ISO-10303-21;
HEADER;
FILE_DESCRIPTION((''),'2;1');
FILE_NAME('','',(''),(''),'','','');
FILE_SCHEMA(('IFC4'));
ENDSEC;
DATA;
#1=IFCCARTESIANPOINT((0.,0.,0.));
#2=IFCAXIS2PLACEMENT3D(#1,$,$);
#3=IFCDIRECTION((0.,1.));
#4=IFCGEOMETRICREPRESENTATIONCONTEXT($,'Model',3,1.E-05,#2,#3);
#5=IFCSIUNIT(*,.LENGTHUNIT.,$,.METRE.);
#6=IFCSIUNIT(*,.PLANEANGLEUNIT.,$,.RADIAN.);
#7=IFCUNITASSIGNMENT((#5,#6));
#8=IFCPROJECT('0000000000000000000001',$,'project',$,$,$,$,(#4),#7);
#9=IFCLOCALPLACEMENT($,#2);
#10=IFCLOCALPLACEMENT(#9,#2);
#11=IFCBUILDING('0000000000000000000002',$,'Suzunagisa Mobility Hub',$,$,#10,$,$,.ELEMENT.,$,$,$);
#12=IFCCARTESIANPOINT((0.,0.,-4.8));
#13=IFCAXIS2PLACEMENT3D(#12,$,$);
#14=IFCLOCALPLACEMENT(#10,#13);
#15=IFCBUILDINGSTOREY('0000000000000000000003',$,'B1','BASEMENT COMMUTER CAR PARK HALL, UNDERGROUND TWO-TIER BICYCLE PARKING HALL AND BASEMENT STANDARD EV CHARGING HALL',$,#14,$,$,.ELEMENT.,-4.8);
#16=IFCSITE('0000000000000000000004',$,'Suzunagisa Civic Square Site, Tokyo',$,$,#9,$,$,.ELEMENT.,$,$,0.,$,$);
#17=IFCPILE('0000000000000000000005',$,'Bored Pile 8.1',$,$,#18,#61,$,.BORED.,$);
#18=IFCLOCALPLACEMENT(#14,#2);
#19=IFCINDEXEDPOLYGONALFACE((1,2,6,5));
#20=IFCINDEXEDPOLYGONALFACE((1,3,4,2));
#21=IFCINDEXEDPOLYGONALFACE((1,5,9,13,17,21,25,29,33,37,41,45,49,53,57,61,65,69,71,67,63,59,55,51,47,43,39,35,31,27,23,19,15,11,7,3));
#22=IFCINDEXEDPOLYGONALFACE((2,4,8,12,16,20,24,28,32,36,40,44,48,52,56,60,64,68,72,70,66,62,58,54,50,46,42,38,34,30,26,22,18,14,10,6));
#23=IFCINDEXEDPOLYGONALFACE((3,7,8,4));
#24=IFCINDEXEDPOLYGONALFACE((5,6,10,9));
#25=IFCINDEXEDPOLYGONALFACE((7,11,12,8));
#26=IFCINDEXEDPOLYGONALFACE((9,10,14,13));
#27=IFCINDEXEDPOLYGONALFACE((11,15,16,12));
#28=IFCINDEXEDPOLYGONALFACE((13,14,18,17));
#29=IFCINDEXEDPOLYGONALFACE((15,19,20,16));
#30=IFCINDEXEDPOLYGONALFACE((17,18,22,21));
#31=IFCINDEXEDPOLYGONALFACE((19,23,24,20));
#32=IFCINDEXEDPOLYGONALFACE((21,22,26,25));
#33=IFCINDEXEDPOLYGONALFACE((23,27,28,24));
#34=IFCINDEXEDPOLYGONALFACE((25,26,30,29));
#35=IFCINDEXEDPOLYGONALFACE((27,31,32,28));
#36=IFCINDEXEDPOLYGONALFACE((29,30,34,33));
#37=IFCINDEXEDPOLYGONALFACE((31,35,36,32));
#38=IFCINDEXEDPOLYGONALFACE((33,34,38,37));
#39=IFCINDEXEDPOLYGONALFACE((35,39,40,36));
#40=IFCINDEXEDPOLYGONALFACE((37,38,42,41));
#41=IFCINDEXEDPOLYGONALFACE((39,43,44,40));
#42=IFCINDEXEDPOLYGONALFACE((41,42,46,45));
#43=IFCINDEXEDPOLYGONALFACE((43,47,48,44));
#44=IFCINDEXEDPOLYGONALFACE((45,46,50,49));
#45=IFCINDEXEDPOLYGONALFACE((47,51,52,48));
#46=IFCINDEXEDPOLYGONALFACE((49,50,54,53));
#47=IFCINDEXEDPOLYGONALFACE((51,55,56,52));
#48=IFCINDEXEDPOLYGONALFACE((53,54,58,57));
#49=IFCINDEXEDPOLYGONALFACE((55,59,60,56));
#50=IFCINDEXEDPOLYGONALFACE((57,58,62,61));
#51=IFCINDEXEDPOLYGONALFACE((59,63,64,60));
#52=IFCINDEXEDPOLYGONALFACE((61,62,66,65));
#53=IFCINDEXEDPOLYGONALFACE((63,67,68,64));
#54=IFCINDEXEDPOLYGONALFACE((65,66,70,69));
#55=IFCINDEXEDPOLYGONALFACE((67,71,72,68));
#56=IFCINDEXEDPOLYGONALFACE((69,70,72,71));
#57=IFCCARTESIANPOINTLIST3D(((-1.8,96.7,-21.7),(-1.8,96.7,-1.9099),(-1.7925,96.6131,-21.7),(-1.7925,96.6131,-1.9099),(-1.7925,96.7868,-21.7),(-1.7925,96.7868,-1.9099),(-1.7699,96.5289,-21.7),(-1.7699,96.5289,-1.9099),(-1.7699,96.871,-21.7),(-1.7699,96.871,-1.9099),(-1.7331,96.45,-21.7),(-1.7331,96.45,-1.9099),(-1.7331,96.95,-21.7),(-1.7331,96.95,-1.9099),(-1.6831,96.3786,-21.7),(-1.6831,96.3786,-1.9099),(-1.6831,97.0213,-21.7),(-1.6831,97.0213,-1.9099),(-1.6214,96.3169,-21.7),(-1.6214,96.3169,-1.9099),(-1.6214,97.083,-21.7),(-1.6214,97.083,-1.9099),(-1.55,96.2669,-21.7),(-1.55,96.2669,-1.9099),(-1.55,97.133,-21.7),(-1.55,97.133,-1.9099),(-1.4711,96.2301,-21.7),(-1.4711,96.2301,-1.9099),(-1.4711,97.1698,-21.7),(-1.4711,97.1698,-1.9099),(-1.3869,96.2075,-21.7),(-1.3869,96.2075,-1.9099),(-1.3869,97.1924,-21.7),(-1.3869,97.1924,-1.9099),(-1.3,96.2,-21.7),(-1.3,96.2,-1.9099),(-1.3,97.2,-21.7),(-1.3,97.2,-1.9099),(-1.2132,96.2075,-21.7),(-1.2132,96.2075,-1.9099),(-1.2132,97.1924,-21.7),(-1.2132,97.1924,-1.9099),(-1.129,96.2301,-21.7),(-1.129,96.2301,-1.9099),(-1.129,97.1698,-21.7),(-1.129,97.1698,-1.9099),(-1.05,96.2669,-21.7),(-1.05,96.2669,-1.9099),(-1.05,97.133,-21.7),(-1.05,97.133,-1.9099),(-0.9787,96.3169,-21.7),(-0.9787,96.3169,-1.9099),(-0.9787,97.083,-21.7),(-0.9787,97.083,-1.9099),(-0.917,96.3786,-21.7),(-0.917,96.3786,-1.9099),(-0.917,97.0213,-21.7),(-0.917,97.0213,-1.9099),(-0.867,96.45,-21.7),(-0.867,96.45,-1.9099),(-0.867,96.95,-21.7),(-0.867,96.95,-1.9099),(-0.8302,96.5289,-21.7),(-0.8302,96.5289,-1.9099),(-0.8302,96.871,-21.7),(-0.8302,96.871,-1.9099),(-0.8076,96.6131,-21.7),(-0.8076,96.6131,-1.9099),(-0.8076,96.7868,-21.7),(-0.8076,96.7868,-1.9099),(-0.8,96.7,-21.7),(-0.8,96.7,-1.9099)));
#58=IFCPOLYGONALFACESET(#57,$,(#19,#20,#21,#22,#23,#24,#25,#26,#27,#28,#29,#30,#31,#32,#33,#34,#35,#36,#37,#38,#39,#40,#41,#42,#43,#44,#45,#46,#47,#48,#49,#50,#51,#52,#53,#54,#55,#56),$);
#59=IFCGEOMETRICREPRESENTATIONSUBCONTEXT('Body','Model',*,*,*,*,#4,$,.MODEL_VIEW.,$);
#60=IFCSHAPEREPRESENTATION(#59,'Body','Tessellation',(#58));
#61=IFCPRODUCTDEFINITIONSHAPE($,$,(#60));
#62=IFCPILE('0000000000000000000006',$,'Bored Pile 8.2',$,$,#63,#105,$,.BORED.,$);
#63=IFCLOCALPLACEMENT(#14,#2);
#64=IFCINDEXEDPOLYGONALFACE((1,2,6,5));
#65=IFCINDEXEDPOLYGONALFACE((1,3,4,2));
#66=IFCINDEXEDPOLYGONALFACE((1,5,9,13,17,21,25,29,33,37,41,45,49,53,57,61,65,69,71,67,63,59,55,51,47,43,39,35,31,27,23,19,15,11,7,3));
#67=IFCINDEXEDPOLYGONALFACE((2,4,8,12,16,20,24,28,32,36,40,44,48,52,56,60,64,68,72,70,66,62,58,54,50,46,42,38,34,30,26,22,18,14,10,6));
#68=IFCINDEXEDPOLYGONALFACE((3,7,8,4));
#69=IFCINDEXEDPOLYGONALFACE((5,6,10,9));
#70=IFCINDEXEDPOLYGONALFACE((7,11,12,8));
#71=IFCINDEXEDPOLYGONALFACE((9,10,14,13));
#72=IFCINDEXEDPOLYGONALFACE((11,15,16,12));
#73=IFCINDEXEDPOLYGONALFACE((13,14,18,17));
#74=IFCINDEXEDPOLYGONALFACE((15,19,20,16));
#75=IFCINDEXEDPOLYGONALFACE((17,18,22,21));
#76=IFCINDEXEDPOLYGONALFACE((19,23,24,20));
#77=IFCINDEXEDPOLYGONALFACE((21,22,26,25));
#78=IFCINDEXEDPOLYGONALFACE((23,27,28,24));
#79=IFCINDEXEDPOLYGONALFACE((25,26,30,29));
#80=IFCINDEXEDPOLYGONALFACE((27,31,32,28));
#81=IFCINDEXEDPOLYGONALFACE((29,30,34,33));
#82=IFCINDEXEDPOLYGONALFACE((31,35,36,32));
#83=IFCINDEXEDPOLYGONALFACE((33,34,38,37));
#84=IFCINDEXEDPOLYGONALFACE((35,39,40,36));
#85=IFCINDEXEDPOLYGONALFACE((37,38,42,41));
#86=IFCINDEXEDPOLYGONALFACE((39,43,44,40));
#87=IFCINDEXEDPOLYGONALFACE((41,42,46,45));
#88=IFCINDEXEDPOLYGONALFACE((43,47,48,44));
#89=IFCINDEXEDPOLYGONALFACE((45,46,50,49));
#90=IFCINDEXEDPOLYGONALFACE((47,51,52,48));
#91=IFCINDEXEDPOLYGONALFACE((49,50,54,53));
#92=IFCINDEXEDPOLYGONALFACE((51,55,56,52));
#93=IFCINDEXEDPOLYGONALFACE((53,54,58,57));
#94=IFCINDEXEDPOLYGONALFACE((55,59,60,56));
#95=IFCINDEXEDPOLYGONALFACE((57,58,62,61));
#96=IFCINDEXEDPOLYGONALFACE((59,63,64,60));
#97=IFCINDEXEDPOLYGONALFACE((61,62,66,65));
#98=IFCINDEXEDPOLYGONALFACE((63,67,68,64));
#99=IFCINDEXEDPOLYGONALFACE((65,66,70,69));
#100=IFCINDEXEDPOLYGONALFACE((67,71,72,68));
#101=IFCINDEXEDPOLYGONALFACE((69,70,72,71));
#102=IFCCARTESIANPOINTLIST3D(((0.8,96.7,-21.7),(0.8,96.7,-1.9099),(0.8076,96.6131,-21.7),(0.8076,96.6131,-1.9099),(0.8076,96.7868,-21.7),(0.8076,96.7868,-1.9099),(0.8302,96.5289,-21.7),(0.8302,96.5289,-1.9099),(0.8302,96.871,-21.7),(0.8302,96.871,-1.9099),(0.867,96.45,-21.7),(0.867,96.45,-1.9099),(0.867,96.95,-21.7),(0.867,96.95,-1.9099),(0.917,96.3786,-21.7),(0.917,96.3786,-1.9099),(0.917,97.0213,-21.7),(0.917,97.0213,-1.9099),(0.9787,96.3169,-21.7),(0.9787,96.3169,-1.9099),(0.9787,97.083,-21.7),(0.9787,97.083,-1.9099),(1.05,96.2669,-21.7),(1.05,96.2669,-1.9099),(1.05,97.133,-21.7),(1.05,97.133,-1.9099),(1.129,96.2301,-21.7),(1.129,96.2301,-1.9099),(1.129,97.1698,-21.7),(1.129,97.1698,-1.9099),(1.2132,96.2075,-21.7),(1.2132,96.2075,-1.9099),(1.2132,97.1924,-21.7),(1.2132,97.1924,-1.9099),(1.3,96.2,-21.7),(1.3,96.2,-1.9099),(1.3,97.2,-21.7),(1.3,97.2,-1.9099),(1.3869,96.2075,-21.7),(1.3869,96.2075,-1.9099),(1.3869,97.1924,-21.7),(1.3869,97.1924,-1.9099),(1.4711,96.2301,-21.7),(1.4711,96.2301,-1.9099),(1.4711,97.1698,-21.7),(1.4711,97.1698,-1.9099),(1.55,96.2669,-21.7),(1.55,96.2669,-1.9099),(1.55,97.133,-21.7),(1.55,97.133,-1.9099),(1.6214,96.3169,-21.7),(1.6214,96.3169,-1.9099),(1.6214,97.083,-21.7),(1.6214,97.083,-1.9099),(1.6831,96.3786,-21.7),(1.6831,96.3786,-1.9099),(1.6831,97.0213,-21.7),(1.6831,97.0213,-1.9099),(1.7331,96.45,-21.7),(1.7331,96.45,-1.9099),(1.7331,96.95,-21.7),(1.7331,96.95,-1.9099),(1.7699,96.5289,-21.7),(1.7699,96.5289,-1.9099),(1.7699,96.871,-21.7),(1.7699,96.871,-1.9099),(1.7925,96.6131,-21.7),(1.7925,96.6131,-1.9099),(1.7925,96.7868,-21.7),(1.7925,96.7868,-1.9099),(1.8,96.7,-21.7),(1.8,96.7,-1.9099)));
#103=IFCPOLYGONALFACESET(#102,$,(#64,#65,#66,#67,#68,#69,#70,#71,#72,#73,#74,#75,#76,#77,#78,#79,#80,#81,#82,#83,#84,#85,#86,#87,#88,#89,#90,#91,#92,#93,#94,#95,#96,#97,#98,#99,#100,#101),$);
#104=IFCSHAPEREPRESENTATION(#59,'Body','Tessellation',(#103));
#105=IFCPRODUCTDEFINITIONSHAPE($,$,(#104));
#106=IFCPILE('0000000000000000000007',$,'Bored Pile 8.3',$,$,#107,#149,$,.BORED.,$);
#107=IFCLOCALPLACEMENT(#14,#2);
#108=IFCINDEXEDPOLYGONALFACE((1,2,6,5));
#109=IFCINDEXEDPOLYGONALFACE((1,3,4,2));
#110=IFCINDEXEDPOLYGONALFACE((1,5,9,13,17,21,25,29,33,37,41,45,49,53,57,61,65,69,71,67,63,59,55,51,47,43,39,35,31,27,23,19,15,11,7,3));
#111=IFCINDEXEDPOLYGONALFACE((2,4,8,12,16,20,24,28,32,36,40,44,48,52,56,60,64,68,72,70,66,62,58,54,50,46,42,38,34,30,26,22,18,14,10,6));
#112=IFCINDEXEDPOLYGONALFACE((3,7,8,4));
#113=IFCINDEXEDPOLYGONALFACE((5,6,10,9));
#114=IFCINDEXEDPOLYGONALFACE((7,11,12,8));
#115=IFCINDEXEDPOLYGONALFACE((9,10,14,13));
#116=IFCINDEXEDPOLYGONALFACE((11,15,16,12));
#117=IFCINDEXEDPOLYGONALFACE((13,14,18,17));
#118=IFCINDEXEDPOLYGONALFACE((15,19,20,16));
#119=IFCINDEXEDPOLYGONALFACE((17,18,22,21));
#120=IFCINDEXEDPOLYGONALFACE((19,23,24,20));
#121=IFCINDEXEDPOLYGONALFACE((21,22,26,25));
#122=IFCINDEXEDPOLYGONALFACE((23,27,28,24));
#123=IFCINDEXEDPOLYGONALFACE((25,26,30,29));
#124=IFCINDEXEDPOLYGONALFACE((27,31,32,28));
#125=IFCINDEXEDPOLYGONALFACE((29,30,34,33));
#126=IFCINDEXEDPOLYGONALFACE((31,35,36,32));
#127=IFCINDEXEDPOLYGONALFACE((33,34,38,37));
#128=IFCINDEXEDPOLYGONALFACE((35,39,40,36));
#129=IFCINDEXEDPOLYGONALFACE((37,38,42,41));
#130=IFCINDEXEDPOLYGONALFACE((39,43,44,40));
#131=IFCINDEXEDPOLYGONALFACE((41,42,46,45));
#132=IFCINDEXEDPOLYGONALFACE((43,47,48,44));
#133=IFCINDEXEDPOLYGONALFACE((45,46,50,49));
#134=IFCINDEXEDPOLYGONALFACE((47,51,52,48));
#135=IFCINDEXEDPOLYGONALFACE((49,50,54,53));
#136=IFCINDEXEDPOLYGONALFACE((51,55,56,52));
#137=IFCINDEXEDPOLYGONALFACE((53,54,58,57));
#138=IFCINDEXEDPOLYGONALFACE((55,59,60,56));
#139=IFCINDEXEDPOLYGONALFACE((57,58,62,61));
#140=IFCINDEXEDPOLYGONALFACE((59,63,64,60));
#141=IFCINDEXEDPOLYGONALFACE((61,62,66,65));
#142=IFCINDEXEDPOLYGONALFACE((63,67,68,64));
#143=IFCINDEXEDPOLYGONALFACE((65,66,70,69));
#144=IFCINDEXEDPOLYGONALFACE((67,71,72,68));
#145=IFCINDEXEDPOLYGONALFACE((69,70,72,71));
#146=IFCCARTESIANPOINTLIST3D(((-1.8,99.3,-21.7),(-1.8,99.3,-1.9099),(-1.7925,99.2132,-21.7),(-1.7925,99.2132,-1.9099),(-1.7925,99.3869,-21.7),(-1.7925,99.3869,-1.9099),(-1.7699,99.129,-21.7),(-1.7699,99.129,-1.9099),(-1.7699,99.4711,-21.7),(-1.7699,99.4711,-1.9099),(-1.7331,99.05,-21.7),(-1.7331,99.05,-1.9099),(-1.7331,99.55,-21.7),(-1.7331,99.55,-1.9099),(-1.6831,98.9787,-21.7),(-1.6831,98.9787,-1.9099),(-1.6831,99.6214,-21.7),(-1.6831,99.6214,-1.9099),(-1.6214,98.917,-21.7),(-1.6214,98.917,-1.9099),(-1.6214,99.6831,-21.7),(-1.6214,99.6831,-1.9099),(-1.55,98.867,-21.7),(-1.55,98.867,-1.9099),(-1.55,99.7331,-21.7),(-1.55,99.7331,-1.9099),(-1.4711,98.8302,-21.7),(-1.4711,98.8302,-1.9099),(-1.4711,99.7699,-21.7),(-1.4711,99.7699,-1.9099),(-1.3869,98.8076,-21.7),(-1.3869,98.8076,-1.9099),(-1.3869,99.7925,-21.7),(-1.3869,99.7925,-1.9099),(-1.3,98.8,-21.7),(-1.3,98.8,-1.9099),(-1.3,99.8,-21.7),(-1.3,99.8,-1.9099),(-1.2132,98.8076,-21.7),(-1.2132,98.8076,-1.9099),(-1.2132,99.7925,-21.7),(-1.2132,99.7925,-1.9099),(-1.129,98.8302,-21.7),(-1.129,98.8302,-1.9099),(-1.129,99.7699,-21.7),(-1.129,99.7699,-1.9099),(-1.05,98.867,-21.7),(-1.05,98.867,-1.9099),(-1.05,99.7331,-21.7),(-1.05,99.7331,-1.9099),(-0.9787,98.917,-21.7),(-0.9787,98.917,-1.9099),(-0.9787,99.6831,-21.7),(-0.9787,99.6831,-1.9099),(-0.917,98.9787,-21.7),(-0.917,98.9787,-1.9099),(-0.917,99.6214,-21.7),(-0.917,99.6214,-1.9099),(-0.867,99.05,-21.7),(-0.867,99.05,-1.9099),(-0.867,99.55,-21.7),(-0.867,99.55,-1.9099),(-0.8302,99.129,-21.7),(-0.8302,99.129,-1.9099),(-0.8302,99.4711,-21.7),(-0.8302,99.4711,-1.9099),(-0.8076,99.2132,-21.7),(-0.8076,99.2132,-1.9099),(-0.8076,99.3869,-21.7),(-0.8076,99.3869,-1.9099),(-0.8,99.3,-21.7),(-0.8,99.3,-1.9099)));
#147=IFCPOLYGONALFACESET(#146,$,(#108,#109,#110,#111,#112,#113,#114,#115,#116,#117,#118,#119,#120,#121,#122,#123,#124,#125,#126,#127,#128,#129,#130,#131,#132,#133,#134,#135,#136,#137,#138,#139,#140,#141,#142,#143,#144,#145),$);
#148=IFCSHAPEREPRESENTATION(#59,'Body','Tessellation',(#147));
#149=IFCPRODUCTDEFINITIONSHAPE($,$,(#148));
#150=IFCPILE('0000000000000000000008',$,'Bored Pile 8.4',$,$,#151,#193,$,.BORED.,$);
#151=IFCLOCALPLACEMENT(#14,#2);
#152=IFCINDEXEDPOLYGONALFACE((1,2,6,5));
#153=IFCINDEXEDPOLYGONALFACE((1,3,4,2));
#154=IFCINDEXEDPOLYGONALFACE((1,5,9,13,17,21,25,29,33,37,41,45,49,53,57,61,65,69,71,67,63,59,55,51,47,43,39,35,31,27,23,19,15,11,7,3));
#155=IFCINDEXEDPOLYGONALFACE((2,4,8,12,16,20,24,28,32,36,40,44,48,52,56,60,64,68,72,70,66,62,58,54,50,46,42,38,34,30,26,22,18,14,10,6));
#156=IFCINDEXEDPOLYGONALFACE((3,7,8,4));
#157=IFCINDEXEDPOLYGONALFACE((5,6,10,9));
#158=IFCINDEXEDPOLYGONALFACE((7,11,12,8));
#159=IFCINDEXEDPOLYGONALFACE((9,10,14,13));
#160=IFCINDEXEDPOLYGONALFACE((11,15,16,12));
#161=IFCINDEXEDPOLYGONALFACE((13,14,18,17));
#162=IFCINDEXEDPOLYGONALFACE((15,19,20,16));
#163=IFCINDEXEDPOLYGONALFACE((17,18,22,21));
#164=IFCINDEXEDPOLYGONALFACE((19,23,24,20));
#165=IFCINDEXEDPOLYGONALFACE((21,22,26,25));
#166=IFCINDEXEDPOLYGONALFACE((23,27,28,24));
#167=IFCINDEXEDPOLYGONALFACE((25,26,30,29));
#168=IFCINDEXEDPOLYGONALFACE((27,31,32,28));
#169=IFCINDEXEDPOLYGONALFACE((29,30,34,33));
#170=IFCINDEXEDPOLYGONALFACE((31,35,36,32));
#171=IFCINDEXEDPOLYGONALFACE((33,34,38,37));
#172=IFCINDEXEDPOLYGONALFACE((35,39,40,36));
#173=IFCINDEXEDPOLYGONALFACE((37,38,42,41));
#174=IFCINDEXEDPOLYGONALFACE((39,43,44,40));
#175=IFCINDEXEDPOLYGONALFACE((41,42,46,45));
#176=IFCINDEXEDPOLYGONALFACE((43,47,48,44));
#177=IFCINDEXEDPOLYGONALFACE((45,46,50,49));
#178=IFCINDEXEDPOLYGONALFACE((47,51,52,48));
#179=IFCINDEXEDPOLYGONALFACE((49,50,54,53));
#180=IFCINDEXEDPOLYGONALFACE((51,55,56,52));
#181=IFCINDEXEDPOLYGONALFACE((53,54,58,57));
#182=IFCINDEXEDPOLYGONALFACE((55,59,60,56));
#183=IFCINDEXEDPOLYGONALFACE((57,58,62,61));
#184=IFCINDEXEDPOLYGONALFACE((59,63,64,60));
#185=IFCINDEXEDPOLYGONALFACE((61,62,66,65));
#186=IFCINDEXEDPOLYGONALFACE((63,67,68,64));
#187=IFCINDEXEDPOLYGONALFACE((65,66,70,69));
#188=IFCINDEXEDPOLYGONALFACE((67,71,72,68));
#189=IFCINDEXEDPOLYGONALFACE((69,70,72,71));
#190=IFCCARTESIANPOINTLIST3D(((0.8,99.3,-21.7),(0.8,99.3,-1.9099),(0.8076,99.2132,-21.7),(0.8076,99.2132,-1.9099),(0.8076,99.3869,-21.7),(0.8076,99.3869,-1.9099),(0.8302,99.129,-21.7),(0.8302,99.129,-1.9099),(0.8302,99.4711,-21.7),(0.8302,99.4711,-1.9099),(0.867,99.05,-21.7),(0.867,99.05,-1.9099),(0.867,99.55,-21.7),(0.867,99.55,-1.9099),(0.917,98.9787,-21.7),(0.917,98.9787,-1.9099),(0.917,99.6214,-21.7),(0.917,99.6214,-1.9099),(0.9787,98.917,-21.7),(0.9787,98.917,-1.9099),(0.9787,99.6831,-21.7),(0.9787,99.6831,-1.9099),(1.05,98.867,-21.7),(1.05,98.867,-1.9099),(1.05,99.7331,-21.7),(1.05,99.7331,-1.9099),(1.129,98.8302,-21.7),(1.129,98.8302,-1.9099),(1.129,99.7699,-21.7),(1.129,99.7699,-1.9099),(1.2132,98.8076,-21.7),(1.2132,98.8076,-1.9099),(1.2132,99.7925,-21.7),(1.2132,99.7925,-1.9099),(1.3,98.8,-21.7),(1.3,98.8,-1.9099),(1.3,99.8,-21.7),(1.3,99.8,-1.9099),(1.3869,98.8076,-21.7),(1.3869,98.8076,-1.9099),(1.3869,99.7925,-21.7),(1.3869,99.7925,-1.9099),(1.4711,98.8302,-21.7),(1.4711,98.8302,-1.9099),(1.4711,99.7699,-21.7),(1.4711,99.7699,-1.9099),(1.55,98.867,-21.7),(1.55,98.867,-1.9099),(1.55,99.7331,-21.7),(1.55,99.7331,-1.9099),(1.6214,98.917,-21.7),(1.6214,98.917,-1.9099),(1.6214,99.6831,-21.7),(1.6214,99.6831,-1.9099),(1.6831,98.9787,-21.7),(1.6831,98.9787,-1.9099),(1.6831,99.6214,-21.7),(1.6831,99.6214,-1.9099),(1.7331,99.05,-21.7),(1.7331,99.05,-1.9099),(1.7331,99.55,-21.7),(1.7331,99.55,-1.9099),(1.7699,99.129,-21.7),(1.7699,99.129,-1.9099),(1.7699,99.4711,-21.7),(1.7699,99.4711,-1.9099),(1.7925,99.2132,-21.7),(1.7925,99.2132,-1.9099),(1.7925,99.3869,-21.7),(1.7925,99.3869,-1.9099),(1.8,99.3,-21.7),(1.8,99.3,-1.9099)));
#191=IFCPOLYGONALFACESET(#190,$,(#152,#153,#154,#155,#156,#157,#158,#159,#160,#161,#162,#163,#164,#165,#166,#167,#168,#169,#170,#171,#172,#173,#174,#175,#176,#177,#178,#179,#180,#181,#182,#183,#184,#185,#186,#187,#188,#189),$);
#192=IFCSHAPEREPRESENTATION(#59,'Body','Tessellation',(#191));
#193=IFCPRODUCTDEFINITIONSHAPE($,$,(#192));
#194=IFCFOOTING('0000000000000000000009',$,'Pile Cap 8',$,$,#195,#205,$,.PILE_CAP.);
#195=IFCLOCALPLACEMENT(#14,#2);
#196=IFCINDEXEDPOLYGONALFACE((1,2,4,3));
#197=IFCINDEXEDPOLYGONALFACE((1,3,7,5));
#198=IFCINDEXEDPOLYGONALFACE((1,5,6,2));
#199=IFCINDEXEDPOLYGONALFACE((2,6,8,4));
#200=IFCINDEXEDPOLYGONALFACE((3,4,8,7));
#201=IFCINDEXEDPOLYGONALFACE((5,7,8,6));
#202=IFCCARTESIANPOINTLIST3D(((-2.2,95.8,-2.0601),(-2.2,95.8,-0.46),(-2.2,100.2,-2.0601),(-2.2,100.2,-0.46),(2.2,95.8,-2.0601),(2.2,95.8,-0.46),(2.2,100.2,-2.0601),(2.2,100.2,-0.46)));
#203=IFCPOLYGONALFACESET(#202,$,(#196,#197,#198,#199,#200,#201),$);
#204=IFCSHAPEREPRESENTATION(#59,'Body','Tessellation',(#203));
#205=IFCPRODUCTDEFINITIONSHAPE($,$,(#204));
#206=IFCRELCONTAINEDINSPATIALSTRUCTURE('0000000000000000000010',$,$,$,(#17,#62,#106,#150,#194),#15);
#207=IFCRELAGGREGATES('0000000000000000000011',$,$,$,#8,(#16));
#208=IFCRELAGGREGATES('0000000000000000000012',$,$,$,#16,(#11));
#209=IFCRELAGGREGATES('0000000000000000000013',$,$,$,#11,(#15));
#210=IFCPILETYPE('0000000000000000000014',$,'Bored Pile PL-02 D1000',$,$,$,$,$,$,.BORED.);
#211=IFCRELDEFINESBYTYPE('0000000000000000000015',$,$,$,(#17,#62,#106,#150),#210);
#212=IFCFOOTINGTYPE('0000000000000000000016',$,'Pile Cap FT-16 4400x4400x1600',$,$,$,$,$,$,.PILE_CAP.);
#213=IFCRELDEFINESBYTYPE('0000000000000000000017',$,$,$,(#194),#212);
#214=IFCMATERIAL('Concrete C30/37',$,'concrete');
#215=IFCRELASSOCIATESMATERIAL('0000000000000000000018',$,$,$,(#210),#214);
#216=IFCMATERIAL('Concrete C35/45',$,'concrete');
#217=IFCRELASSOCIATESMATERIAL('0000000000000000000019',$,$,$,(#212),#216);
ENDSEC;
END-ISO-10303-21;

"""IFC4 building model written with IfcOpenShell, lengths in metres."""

from ifc_helpers import new_model, si_unit, direction, frame, origin, origin_2d, place, context, subcontext, project, spatial, rectangle, circle, extrude, material, material_profile, profile_set, type_object, element, save


model = new_model("IFC4")

# Units and contexts
model_context = context("Model", 3, precision=1e-05, world=origin(), true_north=direction((0.0, 1.0)))
body_context = subcontext(model_context, "Body", "Model", "MODEL_VIEW")
ifc_project = project(units=[si_unit("LENGTHUNIT", "METRE"), si_unit("PLANEANGLEUNIT", "RADIAN")], contexts=[model_context])

# Site, building, storey
site_placement = place(None, origin())
site = spatial("IfcSite", under=ifc_project, at=site_placement, Name="Suzunagisa Civic Square Site, Tokyo", CompositionType="ELEMENT", RefElevation=0.0)
building_placement = place(site_placement, origin())
building = spatial("IfcBuilding", under=site, at=building_placement, Name="Suzunagisa Mobility Hub", CompositionType="ELEMENT")
storey_placement = place(building_placement, frame((0.0, 0.0, -4.8)))
storey = spatial("IfcBuildingStorey", under=building, at=storey_placement, Name="B1", Description="BASEMENT COMMUTER CAR PARK HALL, UNDERGROUND TWO-TIER BICYCLE PARKING HALL AND BASEMENT STANDARD EV CHARGING HALL", CompositionType="ELEMENT", Elevation=-4.8)

# Piles
ifc_material_1 = material(Name="Concrete C30/37", Category="concrete")
ifc_material_profile_1 = material_profile(ifc_material_1, circle(Radius=0.5, at=origin_2d()), Name="BORED PILE D1000")
ifc_profile_set_1 = profile_set([ifc_material_profile_1], Name="Concrete C30/37")
pile_type_1 = type_object("IfcPileType", Name="Bored Pile PL-02 D1000", PredefinedType="BORED", material=ifc_profile_set_1)
for number, where, z_axis, x_axis, name in (
    (1, (-1.3, 96.7, -1.9099), (0.0, 0.0, -1.0), (1.0, 0.0, 0.0), "Bored Pile 8.1"),
    (2, (1.3, 96.7, -1.9099), (0.0, 0.0, -1.0), (1.0, 0.0, 0.0), "Bored Pile 8.2"),
    (3, (-1.3, 99.3, -1.9099), (0.0, 0.0, -1.0), (1.0, 0.0, 0.0), "Bored Pile 8.3"),
    (4, (1.3, 99.3, -1.9099), (0.0, 0.0, -1.0), (1.0, 0.0, 0.0), "Bored Pile 8.4"),
):
    element("IfcPile", number, at=place(storey_placement, frame(where, z_axis=z_axis, x_axis=x_axis)), inside=storey, type_object=pile_type_1, Name=name, PredefinedType="BORED", context=body_context, shape_type="SweptSolid", body=[
        extrude(circle(Radius=0.5, at=origin_2d()), origin(), (0.0, 0.0, 1.0), 19.79),
    ])

# Footing
ifc_material_2 = material(Name="Concrete C35/45", Category="concrete")
footing_type = type_object("IfcFootingType", Name="Pile Cap FT-16 4400x4400x1600", PredefinedType="PILE_CAP", material=ifc_material_2)
footing_placement = place(storey_placement, frame((0.0, 98.0, -2.0601), z_axis=(0.0, 0.0, 1.0), x_axis=(1.0, 0.0, 0.0)))
element("IfcFooting", 5, at=footing_placement, inside=storey, type_object=footing_type, Name="Pile Cap 8", PredefinedType="PILE_CAP", context=body_context, shape_type="SweptSolid", body=[
    extrude(rectangle(XDim=4.3999, YDim=4.3999, at=origin_2d()), origin(), (0.0, 0.0, 1.0), 1.6001),
])

save(model, "model.ifc")
